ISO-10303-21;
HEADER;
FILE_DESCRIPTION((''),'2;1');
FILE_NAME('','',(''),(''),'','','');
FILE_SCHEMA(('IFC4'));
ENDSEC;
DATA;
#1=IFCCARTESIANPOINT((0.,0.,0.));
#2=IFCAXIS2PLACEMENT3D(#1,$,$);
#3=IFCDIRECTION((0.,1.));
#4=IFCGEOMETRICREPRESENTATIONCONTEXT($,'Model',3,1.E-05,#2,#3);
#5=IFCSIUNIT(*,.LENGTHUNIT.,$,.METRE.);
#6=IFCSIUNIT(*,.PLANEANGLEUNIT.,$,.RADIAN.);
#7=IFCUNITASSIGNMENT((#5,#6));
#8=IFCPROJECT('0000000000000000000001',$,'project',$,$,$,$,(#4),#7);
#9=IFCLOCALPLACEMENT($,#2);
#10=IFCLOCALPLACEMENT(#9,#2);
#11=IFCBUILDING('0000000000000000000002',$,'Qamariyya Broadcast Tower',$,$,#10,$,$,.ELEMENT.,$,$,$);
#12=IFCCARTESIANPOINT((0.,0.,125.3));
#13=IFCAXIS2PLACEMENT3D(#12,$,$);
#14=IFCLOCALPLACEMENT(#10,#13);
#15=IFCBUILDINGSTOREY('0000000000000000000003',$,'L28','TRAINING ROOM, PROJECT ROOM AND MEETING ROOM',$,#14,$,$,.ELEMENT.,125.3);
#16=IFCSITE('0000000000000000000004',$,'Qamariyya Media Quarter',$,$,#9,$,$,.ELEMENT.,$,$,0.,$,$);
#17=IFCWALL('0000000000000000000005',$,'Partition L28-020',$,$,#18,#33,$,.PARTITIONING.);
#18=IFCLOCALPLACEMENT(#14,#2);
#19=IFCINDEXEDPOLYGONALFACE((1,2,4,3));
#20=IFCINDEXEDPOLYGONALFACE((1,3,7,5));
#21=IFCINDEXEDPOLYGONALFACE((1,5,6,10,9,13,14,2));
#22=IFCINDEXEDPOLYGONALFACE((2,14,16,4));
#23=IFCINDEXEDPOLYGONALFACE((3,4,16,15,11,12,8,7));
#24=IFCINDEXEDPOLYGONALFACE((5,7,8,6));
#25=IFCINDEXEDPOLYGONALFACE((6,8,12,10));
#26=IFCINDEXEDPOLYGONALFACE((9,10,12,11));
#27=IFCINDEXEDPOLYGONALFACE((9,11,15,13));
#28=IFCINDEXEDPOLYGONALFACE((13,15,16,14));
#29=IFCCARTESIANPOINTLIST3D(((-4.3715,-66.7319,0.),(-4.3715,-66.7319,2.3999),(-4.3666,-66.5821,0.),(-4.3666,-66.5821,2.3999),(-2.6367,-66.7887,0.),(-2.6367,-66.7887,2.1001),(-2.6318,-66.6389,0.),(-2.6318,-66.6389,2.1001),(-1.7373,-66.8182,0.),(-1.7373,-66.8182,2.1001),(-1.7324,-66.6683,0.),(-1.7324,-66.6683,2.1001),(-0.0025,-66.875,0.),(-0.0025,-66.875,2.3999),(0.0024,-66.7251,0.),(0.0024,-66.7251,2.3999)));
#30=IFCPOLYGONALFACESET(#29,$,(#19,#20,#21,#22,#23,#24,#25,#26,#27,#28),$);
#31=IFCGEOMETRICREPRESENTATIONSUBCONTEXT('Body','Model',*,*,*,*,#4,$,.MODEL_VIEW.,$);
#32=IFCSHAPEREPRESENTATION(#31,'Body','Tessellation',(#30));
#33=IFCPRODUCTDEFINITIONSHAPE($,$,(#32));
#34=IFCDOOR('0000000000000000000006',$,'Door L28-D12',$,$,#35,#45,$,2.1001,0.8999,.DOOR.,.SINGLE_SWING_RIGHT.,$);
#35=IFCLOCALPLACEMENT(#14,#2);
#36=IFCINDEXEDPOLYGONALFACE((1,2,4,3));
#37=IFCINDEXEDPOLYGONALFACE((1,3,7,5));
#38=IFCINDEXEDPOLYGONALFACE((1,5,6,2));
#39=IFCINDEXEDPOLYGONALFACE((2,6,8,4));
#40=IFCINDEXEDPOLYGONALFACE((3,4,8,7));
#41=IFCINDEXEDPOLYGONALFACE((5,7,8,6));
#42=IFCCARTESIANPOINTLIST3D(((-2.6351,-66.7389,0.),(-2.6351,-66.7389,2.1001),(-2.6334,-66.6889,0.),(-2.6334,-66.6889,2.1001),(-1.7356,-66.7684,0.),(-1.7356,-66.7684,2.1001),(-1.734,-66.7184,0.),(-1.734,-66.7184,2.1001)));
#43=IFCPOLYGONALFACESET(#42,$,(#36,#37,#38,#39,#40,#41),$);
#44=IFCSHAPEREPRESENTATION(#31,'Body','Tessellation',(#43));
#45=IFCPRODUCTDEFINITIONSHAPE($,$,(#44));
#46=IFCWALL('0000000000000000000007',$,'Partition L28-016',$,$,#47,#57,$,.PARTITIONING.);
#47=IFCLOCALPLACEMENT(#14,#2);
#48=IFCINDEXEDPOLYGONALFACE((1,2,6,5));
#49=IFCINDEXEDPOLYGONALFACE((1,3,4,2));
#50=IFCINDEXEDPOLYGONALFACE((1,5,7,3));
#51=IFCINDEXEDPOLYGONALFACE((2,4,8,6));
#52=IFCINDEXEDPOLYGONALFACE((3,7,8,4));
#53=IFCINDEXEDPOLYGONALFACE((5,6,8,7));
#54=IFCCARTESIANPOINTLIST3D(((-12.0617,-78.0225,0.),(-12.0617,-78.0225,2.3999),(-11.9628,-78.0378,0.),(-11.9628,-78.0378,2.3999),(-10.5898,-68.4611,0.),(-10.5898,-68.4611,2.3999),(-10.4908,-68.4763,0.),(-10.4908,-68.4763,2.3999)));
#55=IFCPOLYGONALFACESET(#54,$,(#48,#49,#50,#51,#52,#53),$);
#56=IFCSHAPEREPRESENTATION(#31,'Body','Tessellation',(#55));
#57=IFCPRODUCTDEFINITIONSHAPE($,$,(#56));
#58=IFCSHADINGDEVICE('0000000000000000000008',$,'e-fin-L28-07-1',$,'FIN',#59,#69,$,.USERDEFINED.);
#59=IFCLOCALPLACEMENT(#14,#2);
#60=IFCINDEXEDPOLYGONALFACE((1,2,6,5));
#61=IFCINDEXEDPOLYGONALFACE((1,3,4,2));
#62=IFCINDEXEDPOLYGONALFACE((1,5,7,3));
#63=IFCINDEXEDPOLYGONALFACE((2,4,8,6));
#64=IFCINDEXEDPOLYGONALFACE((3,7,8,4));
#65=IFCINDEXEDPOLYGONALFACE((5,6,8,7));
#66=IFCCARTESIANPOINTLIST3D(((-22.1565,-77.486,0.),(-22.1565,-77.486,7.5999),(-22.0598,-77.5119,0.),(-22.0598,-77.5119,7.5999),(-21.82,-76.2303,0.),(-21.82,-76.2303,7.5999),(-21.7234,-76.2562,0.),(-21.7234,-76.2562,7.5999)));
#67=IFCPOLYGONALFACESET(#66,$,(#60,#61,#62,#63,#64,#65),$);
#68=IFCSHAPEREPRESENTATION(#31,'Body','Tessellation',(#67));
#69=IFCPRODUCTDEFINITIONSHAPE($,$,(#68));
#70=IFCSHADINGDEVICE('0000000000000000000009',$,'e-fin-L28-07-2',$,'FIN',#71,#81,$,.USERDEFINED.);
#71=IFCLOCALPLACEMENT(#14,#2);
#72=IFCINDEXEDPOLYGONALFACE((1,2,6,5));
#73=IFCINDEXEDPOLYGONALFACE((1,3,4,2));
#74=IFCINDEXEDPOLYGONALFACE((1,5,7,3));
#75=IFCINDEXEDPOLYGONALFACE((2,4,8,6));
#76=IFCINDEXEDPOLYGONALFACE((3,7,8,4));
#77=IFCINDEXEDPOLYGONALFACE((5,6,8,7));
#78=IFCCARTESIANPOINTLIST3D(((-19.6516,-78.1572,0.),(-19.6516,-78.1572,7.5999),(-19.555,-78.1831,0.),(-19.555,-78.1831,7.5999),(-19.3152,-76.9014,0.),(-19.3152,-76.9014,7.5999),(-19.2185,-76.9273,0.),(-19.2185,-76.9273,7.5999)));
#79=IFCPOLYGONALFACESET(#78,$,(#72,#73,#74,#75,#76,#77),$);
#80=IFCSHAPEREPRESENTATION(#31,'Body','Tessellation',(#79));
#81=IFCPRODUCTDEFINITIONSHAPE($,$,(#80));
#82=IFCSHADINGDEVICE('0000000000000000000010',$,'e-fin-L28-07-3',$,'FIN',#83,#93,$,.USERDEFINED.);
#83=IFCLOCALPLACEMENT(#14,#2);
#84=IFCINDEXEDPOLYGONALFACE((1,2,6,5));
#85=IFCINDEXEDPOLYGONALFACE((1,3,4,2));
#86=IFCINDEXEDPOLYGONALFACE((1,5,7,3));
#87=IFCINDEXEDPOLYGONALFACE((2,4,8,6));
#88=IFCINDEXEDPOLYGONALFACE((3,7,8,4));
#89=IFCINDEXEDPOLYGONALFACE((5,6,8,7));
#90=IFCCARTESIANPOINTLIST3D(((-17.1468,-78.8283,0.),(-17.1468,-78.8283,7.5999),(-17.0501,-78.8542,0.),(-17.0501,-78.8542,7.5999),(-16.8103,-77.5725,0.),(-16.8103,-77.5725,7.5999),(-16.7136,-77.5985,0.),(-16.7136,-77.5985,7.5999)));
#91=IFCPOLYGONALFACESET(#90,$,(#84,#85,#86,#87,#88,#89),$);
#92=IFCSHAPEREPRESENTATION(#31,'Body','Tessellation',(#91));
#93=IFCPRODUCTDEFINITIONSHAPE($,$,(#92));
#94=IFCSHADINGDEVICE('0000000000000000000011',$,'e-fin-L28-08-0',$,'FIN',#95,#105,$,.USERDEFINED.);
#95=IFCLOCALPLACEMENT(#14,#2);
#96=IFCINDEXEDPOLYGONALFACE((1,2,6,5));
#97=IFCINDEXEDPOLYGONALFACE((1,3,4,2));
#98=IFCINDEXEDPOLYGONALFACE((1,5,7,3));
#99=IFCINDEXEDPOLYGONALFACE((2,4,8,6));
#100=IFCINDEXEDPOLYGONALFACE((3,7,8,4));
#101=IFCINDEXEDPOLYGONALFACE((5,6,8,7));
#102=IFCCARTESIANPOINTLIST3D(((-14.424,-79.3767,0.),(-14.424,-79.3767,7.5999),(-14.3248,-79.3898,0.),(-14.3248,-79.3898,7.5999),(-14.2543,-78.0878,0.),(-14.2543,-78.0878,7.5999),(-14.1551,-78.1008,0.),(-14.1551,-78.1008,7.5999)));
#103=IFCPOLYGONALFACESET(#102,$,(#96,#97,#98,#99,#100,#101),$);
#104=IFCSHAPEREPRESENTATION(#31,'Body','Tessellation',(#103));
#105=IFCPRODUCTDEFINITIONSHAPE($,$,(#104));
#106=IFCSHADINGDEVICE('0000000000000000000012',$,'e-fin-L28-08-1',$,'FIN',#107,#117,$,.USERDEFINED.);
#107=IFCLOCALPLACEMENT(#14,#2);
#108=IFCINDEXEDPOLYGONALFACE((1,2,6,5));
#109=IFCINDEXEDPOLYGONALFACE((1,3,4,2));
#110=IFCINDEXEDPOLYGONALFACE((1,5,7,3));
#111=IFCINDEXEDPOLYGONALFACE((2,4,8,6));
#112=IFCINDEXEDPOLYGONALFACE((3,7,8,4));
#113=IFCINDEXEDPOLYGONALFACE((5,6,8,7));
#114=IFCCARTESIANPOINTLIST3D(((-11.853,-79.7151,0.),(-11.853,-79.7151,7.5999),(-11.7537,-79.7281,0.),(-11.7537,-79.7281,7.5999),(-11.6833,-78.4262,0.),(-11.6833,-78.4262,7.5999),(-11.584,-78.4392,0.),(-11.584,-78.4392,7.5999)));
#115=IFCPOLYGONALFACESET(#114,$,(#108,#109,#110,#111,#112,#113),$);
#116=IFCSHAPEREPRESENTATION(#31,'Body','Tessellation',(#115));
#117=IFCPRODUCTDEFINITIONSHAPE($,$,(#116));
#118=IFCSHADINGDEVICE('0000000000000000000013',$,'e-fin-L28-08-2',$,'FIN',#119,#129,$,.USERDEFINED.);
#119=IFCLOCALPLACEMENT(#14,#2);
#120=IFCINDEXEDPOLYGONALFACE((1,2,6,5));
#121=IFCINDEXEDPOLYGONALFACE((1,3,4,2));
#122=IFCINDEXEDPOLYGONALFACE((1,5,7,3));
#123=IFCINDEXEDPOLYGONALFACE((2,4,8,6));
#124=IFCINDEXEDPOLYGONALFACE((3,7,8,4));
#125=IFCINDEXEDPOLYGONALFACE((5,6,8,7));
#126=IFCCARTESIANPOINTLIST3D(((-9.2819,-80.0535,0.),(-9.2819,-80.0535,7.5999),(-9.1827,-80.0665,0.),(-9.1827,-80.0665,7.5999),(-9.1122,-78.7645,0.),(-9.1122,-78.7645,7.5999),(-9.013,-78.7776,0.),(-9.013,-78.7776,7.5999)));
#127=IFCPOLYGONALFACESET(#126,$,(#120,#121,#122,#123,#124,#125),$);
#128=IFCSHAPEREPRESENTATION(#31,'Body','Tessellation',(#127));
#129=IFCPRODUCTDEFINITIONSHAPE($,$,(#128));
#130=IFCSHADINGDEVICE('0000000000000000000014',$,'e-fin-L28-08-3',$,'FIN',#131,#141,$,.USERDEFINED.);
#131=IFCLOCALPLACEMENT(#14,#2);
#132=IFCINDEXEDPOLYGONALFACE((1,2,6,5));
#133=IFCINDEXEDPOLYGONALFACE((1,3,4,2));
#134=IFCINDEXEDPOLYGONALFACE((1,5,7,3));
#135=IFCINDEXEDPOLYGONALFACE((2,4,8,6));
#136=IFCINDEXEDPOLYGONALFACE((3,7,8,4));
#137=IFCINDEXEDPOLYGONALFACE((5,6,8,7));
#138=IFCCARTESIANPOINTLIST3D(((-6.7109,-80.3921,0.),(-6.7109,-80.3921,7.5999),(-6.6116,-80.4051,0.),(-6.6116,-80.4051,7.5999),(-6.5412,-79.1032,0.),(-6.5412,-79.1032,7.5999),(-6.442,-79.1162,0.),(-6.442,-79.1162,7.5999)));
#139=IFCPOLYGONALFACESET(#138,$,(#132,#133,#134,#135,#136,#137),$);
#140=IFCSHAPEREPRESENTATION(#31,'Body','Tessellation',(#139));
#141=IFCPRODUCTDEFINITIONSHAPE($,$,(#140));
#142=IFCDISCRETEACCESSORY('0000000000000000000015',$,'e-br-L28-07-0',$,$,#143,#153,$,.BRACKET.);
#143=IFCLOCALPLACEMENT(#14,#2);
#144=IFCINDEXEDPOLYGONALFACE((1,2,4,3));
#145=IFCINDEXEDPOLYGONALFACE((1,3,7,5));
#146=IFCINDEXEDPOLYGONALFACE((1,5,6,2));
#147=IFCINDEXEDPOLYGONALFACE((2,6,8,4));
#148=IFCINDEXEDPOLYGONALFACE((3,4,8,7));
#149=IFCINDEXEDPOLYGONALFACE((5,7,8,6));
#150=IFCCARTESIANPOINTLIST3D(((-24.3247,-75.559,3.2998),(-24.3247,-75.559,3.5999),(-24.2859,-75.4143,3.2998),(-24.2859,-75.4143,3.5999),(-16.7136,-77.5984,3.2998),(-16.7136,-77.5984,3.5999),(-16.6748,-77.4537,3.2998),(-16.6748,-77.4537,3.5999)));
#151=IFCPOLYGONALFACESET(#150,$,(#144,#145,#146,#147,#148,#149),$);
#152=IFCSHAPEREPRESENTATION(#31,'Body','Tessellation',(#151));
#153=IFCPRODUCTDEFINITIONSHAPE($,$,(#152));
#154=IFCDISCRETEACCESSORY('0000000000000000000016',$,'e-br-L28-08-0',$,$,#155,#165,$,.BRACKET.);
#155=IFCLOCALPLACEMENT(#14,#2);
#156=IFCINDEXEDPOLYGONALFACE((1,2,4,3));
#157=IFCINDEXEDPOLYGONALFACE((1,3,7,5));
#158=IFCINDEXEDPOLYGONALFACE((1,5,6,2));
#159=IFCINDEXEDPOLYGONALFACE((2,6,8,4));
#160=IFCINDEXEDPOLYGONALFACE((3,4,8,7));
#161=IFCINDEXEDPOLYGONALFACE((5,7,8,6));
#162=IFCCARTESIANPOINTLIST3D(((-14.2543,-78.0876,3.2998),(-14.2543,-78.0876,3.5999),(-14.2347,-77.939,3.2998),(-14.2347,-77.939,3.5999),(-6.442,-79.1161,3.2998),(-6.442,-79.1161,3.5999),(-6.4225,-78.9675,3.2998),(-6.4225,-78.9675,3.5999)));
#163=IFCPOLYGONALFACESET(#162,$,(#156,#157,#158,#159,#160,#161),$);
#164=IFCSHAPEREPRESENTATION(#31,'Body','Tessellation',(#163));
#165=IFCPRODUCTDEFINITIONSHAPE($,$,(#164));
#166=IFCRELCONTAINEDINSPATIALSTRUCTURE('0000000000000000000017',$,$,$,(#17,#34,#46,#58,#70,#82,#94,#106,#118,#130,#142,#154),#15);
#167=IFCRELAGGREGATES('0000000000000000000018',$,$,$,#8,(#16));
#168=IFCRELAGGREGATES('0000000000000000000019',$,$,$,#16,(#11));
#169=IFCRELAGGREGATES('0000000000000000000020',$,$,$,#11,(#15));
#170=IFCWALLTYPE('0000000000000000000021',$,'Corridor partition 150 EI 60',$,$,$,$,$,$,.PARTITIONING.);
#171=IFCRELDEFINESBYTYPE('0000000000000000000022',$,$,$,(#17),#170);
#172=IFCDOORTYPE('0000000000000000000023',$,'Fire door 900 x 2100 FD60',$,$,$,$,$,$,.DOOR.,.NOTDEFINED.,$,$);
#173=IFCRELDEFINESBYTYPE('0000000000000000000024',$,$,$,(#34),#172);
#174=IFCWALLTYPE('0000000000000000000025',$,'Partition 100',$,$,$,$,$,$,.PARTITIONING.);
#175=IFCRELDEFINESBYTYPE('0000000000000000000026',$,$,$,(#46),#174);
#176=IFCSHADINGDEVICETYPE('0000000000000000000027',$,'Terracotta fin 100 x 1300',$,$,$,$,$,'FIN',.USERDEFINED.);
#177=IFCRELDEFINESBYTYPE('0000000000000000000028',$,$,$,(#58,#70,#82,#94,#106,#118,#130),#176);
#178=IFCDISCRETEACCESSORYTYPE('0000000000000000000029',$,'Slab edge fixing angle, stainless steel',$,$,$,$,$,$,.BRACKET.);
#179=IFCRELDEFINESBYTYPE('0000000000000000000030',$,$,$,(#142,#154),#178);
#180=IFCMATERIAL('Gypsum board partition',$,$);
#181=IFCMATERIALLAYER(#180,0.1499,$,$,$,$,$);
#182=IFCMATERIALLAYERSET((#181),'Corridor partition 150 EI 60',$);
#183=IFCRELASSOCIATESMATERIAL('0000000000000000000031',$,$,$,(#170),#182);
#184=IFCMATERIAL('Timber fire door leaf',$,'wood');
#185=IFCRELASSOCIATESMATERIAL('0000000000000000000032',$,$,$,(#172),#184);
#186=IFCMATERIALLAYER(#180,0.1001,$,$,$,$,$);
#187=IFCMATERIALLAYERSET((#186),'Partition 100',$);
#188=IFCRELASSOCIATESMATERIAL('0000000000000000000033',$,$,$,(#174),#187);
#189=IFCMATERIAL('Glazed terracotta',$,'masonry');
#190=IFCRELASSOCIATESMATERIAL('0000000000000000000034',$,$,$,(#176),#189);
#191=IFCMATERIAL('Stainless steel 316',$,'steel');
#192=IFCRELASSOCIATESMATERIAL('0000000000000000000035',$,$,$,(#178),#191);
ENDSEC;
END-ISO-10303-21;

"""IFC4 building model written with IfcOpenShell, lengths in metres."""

from ifc_helpers import new_model, si_unit, direction, frame, frame_2d, origin, origin_2d, place, context, subcontext, project, spatial, rectangle, extrude, material, layer, layer_set, material_profile, profile_set, type_object, element, fill, save


model = new_model("IFC4")

# Units and contexts
model_context = context("Model", 3, precision=1e-05, world=origin(), true_north=direction((0.0, 1.0)))
body_context = subcontext(model_context, "Body", "Model", "MODEL_VIEW")
ifc_project = project(units=[si_unit("LENGTHUNIT", "METRE"), si_unit("PLANEANGLEUNIT", "RADIAN")], contexts=[model_context])

# Site, building, storey
site_placement = place(None, origin())
site = spatial("IfcSite", under=ifc_project, at=site_placement, Name="Qamariyya Media Quarter", CompositionType="ELEMENT", RefElevation=0.0)
building_placement = place(site_placement, origin())
building = spatial("IfcBuilding", under=site, at=building_placement, Name="Qamariyya Broadcast Tower", CompositionType="ELEMENT")
storey_placement = place(building_placement, frame((0.0, 0.0, 125.3)))
storey = spatial("IfcBuildingStorey", under=building, at=storey_placement, Name="L28", Description="TRAINING ROOM, PROJECT ROOM AND MEETING ROOM", CompositionType="ELEMENT", Elevation=125.3)

# Wall, opening, door
ifc_material_1 = material(Name="Gypsum board partition")
ifc_layer_1 = layer(ifc_material_1, 0.1499)
ifc_layer_set_1 = layer_set([ifc_layer_1], Name="Corridor partition 150 EI 60")
wall_type_1 = type_object("IfcWallType", Name="Corridor partition 150 EI 60", PredefinedType="PARTITIONING", material=ifc_layer_set_1)
ifc_material_2 = material(Name="Timber fire door leaf", Category="wood")
door_type_1 = type_object("IfcDoorType", Name="Fire door 900 x 2100 FD60", OperationType="NOTDEFINED", PredefinedType="DOOR", material=ifc_material_2)
wall_1_placement = place(storey_placement, frame((-4.3689, -66.657, 0.0), z_axis=(0.0, 0.0, 1.0), x_axis=(0.999464, -0.032729, 0.0)))
wall_1 = element("IfcWall", 1, at=wall_1_placement, inside=storey, type_object=wall_type_1, Name="Partition L28-020", PredefinedType="PARTITIONING", context=body_context, shape_type="SweptSolid", body=[
    extrude(rectangle(XDim=4.3713, YDim=0.1499, at=frame_2d((2.1855, 0.0))), origin(), (0.0, 0.0, 1.0), 2.3999),
])
opening_1_placement = place(wall_1_placement, frame((1.7356, 0.0, 0.0)))
opening_1 = element("IfcOpeningElement", 2, at=opening_1_placement, cuts=wall_1, PredefinedType="OPENING", context=body_context, shape_type="SweptSolid", body=[
    extrude(rectangle(XDim=0.8999, YDim=2.1001, at=frame_2d((0.45, 1.05))), frame((0.0, 0.085, 0.0), z_axis=(0.0, -1.0, 0.0), x_axis=(1.0, 0.0, 0.0)), (0.0, 0.0, 1.0), 0.1699),
])
door_1_placement = place(opening_1_placement, origin())
door_1 = element("IfcDoor", 3, at=door_1_placement, inside=storey, type_object=door_type_1, Name="Door L28-D12", OperationType="SINGLE_SWING_RIGHT", OverallHeight=2.1001, OverallWidth=0.8999, PredefinedType="DOOR", context=body_context, shape_type="SweptSolid", body=[
    extrude(rectangle(XDim=0.8999, YDim=2.1001, at=frame_2d((0.45, 1.05))), frame((0.0, 0.0249, 0.0), z_axis=(0.0, -1.0, 0.0), x_axis=(1.0, 0.0, 0.0)), (0.0, 0.0, 1.0), 0.05),
])
fill(opening_1, door_1)

# Wall
ifc_layer_2 = layer(ifc_material_1, 0.1001)
ifc_layer_set_2 = layer_set([ifc_layer_2], Name="Partition 100")
wall_type_2 = type_object("IfcWallType", Name="Partition 100", PredefinedType="PARTITIONING", material=ifc_layer_set_2)
wall_2_placement = place(storey_placement, frame((-12.0122, -78.03, 0.0), z_axis=(0.0, 0.0, 1.0), x_axis=(0.15215, 0.988357, 0.0)))
element("IfcWall", 4, at=wall_2_placement, inside=storey, type_object=wall_type_2, Name="Partition L28-016", PredefinedType="PARTITIONING", context=body_context, shape_type="SweptSolid", body=[
    extrude(rectangle(XDim=9.6741, YDim=0.1001, at=frame_2d((4.8369, 0.0))), origin(), (0.0, 0.0, 1.0), 2.3999),
])

# Shading devices
ifc_material_3 = material(Name="Glazed terracotta", Category="masonry")
ifc_material_profile_1 = material_profile(ifc_material_3, rectangle(XDim=1.3, YDim=0.1001, at=origin_2d()))
ifc_profile_set_1 = profile_set([ifc_material_profile_1], Name="Glazed terracotta")
shading_device_type_1 = type_object("IfcShadingDeviceType", Name="Terracotta fin 100 x 1300", ElementType="FIN", PredefinedType="USERDEFINED", material=ifc_profile_set_1)
for number, where, z_axis, x_axis, name in (
    (5, (-21.9399, -76.8711, 0.0), (0.0, 0.0, 1.0), (-0.258819, -0.965926, 0.0), "e-fin-L28-07-1"),
    (6, (-19.4351, -77.5422, 0.0), (0.0, 0.0, 1.0), (-0.258819, -0.965926, 0.0), "e-fin-L28-07-2"),
    (7, (-16.9302, -78.2134, 0.0), (0.0, 0.0, 1.0), (-0.258819, -0.965926, 0.0), "e-fin-L28-07-3"),
    (8, (-14.2896, -78.7388, 0.0), (0.0, 0.0, 1.0), (-0.130526, -0.991445, 0.0), "e-fin-L28-08-0"),
    (9, (-11.7185, -79.0771, 0.0), (0.0, 0.0, 1.0), (-0.130526, -0.991445, 0.0), "e-fin-L28-08-1"),
    (10, (-9.1475, -79.4155, 0.0), (0.0, 0.0, 1.0), (-0.130526, -0.991445, 0.0), "e-fin-L28-08-2"),
    (11, (-6.5764, -79.7542, 0.0), (0.0, 0.0, 1.0), (-0.130526, -0.991445, 0.0), "e-fin-L28-08-3"),
):
    element("IfcShadingDevice", number, at=place(storey_placement, frame(where, z_axis=z_axis, x_axis=x_axis)), inside=storey, type_object=shading_device_type_1, Name=name, ObjectType="FIN", PredefinedType="USERDEFINED", context=body_context, shape_type="SweptSolid", body=[
        extrude(rectangle(XDim=1.3, YDim=0.1001, at=origin_2d()), origin(), (0.0, 0.0, 1.0), 7.5999),
    ])

# Discrete accessories
ifc_material_4 = material(Name="Stainless steel 316", Category="steel")
discrete_accessory_type = type_object("IfcDiscreteAccessoryType", Name="Slab edge fixing angle, stainless steel", PredefinedType="BRACKET", material=ifc_material_4)
for number, where, z_axis, x_axis, name in (
    (12, (-20.4998, -76.5063, 3.2998), (0.0, 0.0, 1.0), (0.965926, -0.258819, 0.0), "e-br-L28-07-0"),
    (13, (-10.3384, -78.5276, 3.2998), (0.0, 0.0, 1.0), (0.991445, -0.130526, 0.0), "e-br-L28-08-0"),
):
    element("IfcDiscreteAccessory", number, at=place(storey_placement, frame(where, z_axis=z_axis, x_axis=x_axis)), inside=storey, type_object=discrete_accessory_type, Name=name, PredefinedType="BRACKET", context=body_context, shape_type="SweptSolid", body=[
        extrude(rectangle(XDim=7.8796, YDim=0.1499, at=origin_2d()), origin(), (0.0, 0.0, 1.0), 0.3),
    ])

save(model, "model.ifc")
